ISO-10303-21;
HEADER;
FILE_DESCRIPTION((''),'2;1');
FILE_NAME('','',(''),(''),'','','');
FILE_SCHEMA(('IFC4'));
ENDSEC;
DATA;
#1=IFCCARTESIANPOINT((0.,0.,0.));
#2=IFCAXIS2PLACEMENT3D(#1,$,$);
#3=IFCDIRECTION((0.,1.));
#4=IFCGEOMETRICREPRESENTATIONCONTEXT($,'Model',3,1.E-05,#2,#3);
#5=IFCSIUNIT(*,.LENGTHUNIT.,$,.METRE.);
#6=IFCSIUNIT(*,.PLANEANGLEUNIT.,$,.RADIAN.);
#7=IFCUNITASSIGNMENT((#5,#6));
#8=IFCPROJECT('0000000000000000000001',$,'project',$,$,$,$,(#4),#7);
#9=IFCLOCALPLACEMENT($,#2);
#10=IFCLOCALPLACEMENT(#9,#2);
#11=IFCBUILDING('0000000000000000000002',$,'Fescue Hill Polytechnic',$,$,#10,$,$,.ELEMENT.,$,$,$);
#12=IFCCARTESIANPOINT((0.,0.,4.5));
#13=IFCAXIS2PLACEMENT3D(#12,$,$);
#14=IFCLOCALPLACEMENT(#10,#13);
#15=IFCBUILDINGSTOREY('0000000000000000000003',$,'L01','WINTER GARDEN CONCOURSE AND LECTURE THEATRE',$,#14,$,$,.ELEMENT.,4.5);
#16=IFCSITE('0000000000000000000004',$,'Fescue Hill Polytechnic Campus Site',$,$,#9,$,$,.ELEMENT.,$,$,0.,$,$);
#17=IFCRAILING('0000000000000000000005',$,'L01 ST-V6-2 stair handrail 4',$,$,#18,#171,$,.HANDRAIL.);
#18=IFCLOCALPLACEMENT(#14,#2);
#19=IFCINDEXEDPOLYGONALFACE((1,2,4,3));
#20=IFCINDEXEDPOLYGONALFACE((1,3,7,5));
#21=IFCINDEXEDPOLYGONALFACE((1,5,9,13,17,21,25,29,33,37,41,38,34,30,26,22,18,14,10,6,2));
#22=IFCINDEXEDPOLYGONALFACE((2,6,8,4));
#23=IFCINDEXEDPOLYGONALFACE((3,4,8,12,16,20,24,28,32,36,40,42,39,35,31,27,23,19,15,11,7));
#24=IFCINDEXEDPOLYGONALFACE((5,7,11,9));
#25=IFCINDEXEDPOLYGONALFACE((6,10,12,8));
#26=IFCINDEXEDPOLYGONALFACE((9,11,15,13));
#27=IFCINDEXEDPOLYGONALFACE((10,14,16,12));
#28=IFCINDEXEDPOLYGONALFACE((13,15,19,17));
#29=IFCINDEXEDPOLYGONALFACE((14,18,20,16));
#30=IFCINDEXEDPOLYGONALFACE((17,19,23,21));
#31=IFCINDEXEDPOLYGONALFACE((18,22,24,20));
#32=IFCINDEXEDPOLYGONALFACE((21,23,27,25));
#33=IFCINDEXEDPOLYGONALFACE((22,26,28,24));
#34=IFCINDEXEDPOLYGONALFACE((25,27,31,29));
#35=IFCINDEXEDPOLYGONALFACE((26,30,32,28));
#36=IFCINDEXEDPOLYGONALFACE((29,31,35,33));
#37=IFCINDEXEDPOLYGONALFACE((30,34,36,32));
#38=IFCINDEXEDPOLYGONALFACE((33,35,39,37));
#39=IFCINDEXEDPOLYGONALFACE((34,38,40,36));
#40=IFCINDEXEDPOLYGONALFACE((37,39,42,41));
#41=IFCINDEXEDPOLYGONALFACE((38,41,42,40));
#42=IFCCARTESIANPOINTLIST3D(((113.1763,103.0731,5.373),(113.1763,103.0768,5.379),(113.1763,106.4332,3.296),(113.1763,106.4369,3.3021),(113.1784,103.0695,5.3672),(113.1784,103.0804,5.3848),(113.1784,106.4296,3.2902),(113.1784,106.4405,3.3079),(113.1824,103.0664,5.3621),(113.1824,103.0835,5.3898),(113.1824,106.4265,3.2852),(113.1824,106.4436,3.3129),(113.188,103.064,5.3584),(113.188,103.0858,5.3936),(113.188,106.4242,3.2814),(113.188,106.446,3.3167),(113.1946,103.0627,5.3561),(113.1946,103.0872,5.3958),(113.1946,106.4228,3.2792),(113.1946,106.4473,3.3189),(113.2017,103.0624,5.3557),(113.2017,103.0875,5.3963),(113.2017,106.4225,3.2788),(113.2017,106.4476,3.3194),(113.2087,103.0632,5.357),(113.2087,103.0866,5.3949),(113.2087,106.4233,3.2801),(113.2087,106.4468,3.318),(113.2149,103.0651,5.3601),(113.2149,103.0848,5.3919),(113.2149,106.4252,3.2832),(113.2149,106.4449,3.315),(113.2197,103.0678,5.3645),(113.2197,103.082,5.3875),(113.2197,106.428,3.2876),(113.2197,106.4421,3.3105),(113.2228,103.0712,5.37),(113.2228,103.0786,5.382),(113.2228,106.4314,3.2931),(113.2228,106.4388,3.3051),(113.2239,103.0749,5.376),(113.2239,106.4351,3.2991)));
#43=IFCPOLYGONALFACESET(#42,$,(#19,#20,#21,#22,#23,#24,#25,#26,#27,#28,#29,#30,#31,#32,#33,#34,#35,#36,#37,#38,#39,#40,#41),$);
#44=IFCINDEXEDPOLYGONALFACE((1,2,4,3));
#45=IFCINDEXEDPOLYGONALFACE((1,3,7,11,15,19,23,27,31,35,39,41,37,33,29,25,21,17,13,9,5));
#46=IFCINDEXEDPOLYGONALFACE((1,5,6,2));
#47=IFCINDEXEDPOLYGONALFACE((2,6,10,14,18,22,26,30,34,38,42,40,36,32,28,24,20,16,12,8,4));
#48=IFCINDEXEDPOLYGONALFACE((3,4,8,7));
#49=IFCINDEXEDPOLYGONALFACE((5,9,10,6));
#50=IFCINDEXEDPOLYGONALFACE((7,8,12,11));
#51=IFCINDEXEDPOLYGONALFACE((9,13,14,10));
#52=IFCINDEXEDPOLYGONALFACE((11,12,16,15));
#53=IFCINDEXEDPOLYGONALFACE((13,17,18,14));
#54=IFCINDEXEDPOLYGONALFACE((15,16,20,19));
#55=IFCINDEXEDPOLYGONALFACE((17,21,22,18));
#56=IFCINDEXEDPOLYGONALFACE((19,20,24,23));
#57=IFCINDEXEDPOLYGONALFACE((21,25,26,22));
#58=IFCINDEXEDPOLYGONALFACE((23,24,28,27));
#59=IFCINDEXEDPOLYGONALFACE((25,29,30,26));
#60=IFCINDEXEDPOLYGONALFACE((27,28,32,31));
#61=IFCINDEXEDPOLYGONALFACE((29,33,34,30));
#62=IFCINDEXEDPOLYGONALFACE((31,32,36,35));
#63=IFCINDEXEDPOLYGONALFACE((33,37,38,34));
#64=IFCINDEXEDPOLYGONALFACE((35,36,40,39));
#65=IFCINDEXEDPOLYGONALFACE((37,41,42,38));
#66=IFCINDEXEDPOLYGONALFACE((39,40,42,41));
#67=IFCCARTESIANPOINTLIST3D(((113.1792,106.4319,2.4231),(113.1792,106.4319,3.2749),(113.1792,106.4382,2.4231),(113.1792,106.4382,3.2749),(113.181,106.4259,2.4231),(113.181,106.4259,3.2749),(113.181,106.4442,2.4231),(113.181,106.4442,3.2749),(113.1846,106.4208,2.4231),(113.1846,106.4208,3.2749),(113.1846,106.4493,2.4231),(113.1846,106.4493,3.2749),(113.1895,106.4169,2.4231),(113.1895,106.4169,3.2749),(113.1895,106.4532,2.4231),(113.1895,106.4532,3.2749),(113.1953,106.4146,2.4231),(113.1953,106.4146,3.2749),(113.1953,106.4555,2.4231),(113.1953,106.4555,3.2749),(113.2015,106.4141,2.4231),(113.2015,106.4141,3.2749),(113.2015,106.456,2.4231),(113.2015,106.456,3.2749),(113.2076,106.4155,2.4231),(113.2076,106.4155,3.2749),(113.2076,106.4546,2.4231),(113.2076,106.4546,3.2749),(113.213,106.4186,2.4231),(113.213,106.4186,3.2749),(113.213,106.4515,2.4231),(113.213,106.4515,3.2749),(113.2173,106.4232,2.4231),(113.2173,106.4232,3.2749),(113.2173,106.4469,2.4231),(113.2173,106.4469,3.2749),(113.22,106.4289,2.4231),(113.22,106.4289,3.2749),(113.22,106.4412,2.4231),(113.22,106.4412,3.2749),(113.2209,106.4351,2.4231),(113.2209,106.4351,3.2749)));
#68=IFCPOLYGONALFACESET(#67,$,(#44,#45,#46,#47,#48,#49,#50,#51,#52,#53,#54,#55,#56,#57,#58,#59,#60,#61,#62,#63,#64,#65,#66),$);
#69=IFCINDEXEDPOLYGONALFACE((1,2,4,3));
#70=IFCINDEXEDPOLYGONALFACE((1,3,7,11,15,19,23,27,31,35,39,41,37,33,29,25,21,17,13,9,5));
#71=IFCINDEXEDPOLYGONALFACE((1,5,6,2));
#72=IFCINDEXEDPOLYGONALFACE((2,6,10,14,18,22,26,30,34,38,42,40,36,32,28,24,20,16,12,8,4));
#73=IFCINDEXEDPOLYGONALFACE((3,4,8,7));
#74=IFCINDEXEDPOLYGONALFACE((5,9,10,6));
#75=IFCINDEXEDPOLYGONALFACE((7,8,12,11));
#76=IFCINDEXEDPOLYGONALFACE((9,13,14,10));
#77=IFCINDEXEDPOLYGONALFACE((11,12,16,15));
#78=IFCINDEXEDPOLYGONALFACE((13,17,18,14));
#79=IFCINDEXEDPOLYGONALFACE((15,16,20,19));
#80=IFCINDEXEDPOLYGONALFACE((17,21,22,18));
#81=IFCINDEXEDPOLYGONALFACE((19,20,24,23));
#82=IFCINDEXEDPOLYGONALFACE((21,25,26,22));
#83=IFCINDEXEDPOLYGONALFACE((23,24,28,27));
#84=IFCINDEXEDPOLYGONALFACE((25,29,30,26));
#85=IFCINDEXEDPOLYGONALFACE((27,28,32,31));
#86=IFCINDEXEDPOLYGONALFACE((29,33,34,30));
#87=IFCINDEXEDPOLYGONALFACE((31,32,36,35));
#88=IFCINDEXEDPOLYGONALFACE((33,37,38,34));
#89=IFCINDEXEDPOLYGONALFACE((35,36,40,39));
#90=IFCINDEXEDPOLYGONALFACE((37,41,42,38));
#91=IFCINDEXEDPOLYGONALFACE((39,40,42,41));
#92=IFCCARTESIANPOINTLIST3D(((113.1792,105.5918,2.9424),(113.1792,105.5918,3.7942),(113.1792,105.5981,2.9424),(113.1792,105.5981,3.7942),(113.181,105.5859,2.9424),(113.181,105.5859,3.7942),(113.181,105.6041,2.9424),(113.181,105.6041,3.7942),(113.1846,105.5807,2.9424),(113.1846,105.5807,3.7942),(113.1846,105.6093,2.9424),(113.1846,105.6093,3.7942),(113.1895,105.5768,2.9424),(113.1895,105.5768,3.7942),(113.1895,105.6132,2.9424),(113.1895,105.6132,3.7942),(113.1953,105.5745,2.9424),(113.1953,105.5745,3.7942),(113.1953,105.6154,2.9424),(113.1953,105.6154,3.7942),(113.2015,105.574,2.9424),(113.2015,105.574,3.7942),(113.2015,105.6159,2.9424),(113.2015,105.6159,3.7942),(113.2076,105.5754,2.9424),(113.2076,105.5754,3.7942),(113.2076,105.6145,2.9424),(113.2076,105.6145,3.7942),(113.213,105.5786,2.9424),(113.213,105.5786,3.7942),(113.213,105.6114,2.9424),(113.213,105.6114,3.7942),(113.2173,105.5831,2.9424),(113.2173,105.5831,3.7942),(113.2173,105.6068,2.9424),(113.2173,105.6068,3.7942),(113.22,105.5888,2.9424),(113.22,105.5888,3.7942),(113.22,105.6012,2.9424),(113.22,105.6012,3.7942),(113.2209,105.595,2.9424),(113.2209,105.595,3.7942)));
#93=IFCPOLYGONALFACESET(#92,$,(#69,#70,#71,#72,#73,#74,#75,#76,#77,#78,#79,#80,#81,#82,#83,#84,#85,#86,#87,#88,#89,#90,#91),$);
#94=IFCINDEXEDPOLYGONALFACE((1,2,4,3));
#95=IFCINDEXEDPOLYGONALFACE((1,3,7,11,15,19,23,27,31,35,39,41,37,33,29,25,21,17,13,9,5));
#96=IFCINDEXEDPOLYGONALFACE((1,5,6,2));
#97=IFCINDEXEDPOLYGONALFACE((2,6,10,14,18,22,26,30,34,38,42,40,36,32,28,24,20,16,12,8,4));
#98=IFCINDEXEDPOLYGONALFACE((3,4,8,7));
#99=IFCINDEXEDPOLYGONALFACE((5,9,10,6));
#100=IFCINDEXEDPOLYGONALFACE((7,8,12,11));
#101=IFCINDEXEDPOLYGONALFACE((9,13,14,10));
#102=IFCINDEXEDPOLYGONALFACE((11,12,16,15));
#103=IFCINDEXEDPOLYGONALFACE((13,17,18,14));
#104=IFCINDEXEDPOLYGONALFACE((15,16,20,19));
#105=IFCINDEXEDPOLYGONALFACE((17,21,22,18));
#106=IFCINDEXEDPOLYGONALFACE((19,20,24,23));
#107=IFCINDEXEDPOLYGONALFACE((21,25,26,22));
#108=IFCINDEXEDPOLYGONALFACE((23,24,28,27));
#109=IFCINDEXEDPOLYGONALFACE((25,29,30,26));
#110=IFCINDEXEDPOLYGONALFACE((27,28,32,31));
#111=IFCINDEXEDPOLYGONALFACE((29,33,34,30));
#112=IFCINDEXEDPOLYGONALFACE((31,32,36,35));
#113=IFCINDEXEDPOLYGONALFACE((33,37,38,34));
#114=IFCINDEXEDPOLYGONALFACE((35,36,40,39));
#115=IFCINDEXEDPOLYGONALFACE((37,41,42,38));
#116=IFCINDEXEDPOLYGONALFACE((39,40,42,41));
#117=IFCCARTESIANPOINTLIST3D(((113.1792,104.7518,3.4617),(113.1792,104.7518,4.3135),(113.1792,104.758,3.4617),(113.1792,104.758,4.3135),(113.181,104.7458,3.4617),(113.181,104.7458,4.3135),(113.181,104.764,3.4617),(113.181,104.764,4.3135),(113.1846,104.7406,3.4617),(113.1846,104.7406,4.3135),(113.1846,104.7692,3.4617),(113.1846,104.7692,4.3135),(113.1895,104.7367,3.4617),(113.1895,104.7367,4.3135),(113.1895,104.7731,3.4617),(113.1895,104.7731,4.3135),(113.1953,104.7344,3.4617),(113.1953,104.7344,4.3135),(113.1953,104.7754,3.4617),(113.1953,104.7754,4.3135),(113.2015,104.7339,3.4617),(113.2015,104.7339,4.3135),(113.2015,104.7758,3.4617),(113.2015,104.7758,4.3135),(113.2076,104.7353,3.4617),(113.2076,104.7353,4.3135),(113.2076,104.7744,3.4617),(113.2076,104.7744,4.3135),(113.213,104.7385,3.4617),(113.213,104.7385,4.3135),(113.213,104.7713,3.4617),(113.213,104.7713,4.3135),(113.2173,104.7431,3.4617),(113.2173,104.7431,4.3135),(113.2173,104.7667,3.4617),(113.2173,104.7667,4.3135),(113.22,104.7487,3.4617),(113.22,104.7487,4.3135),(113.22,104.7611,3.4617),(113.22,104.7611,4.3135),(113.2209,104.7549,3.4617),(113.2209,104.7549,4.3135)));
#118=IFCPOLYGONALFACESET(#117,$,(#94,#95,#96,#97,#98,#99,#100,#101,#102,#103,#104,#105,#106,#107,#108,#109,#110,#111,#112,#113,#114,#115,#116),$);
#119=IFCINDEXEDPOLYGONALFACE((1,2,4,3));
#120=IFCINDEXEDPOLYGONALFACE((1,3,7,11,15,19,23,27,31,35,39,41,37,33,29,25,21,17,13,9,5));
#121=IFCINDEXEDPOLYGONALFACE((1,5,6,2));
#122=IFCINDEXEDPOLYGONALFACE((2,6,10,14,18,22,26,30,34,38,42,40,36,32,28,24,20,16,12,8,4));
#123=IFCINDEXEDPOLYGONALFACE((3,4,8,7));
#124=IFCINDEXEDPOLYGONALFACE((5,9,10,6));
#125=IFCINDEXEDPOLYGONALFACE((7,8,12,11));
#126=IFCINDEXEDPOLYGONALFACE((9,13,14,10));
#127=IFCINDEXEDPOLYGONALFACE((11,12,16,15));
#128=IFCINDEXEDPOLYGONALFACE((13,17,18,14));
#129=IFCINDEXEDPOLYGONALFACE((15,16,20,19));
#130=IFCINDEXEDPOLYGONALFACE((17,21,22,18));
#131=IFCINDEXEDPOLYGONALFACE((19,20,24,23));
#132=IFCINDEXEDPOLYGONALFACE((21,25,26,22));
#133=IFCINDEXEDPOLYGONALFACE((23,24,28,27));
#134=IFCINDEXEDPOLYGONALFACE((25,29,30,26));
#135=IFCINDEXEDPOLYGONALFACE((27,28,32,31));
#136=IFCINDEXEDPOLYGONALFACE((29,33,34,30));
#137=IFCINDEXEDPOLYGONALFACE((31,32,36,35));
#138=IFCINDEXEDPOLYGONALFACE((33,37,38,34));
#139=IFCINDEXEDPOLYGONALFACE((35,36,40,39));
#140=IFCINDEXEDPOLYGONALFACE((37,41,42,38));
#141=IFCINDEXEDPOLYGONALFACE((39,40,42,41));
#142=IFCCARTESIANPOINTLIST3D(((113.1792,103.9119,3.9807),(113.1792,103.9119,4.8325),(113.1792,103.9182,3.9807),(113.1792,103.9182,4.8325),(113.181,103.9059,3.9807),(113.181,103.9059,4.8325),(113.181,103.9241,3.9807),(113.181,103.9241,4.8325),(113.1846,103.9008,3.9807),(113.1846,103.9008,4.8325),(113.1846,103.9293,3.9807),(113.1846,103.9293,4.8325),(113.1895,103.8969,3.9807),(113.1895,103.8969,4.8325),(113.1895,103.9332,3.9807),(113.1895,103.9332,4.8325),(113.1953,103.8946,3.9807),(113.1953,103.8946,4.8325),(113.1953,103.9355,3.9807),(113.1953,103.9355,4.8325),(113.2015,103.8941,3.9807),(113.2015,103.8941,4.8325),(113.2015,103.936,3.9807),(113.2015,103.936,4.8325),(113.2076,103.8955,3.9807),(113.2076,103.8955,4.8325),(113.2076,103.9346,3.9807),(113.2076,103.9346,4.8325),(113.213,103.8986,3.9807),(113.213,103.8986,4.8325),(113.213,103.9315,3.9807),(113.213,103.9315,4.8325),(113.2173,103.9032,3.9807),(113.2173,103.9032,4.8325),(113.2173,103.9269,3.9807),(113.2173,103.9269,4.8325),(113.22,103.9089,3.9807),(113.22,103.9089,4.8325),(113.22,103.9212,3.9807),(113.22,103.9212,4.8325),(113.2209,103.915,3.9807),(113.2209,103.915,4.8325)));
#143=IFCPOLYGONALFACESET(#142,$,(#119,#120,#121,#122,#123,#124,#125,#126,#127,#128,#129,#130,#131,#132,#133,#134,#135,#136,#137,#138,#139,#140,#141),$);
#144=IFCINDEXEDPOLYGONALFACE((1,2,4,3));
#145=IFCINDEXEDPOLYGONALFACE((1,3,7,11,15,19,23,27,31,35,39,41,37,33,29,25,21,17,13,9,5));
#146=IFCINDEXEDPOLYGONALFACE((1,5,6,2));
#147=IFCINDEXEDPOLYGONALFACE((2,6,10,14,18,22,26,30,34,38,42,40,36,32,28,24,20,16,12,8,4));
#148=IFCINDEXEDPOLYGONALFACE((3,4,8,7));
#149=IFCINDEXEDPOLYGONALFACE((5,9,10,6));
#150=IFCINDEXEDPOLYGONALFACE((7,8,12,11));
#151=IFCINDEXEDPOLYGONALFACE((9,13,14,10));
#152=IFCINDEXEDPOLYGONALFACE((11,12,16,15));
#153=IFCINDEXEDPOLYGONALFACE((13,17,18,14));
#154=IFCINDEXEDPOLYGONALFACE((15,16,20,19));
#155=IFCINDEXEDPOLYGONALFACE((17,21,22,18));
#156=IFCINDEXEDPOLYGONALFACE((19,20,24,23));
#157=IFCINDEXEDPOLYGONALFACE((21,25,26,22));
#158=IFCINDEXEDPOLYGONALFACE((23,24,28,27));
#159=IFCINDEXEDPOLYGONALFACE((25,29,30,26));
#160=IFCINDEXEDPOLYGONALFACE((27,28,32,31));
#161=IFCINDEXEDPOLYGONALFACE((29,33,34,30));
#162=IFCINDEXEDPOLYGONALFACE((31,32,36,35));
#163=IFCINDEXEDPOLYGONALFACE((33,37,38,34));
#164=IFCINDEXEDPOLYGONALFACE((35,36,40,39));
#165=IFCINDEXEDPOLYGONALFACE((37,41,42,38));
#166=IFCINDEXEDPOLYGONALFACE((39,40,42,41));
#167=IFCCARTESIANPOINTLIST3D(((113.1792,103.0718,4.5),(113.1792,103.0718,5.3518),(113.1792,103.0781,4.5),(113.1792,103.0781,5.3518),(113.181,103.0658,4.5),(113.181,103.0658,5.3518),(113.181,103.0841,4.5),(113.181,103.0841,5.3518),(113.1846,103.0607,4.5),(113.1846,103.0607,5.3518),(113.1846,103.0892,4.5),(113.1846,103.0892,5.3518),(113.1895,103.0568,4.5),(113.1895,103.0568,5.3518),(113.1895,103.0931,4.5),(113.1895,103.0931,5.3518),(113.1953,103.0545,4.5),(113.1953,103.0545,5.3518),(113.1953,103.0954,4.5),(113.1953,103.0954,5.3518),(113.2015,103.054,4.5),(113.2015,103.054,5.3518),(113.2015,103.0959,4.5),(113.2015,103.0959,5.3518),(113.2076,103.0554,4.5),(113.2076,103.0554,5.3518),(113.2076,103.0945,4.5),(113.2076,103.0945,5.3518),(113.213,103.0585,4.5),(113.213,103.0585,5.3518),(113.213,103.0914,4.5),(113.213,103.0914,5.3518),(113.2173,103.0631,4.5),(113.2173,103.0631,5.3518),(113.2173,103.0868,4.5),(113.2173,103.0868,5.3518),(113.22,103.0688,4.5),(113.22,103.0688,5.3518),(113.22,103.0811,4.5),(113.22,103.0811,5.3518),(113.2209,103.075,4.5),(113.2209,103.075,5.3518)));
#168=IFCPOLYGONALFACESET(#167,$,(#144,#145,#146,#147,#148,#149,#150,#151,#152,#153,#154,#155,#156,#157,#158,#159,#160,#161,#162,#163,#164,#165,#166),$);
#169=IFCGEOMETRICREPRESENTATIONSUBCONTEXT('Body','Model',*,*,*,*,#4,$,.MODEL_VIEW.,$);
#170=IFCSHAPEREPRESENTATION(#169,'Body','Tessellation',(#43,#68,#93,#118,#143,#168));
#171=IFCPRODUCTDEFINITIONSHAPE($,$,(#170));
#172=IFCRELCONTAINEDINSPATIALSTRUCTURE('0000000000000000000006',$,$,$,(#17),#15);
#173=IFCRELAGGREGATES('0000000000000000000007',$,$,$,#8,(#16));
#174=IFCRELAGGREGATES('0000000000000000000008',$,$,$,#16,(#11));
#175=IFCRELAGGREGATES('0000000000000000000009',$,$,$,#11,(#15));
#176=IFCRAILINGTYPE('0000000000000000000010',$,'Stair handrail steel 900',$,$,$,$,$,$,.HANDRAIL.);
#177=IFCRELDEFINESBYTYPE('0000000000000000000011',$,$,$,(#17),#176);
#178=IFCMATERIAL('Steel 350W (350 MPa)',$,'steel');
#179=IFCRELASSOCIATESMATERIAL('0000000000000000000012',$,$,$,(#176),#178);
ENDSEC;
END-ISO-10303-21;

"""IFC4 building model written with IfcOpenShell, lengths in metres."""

from ifc_helpers import new_model, si_unit, direction, frame, origin, origin_2d, place, context, subcontext, project, spatial, circle, extrude, material, type_object, element, save


model = new_model("IFC4")

# Units and contexts
model_context = context("Model", 3, precision=1e-05, world=origin(), true_north=direction((0.0, 1.0)))
body_context = subcontext(model_context, "Body", "Model", "MODEL_VIEW")
ifc_project = project(units=[si_unit("LENGTHUNIT", "METRE"), si_unit("PLANEANGLEUNIT", "RADIAN")], contexts=[model_context])

# Site, building, storey
site_placement = place(None, origin())
site = spatial("IfcSite", under=ifc_project, at=site_placement, Name="Fescue Hill Polytechnic Campus Site", CompositionType="ELEMENT", RefElevation=0.0)
building_placement = place(site_placement, origin())
building = spatial("IfcBuilding", under=site, at=building_placement, Name="Fescue Hill Polytechnic", CompositionType="ELEMENT")
storey_placement = place(building_placement, frame((0.0, 0.0, 4.5)))
storey = spatial("IfcBuildingStorey", under=building, at=storey_placement, Name="L01", Description="WINTER GARDEN CONCOURSE AND LECTURE THEATRE", CompositionType="ELEMENT", Elevation=4.5)

# Railing
ifc_material_1 = material(Name="Steel 350W (350 MPa)", Category="steel")
railing_type_1 = type_object("IfcRailingType", Name="Stair handrail steel 900", PredefinedType="HANDRAIL", material=ifc_material_1)
railing_1_placement = place(storey_placement, frame((113.2, 106.4351, 2.4231)))
element("IfcRailing", 1, at=railing_1_placement, inside=storey, type_object=railing_type_1, Name="L01 ST-V6-2 stair handrail 4", PredefinedType="HANDRAIL", context=body_context, shape_type="SweptSolid", body=[
    extrude(circle(Radius=0.0239, at=origin_2d()), frame((0.0, 0.0, 0.876), z_axis=(0.0, -0.850623, 0.525776), x_axis=(1.0, 0.0, 0.0)), (0.0, 0.0, 1.0), 3.9502),
    extrude(circle(Radius=0.021, at=origin_2d()), origin(), (0.0, 0.0, 1.0), 0.8518),
    extrude(circle(Radius=0.021, at=origin_2d()), frame((0.0, -0.8401, 0.5193)), (0.0, 0.0, 1.0), 0.8518),
    extrude(circle(Radius=0.021, at=origin_2d()), frame((0.0, -1.6802, 1.0386)), (0.0, 0.0, 1.0), 0.8518),
    extrude(circle(Radius=0.021, at=origin_2d()), frame((0.0, -2.52, 1.5576)), (0.0, 0.0, 1.0), 0.8518),
    extrude(circle(Radius=0.021, at=origin_2d()), frame((0.0, -3.3601, 2.0769)), (0.0, 0.0, 1.0), 0.8518),
])

save(model, "model.ifc")
